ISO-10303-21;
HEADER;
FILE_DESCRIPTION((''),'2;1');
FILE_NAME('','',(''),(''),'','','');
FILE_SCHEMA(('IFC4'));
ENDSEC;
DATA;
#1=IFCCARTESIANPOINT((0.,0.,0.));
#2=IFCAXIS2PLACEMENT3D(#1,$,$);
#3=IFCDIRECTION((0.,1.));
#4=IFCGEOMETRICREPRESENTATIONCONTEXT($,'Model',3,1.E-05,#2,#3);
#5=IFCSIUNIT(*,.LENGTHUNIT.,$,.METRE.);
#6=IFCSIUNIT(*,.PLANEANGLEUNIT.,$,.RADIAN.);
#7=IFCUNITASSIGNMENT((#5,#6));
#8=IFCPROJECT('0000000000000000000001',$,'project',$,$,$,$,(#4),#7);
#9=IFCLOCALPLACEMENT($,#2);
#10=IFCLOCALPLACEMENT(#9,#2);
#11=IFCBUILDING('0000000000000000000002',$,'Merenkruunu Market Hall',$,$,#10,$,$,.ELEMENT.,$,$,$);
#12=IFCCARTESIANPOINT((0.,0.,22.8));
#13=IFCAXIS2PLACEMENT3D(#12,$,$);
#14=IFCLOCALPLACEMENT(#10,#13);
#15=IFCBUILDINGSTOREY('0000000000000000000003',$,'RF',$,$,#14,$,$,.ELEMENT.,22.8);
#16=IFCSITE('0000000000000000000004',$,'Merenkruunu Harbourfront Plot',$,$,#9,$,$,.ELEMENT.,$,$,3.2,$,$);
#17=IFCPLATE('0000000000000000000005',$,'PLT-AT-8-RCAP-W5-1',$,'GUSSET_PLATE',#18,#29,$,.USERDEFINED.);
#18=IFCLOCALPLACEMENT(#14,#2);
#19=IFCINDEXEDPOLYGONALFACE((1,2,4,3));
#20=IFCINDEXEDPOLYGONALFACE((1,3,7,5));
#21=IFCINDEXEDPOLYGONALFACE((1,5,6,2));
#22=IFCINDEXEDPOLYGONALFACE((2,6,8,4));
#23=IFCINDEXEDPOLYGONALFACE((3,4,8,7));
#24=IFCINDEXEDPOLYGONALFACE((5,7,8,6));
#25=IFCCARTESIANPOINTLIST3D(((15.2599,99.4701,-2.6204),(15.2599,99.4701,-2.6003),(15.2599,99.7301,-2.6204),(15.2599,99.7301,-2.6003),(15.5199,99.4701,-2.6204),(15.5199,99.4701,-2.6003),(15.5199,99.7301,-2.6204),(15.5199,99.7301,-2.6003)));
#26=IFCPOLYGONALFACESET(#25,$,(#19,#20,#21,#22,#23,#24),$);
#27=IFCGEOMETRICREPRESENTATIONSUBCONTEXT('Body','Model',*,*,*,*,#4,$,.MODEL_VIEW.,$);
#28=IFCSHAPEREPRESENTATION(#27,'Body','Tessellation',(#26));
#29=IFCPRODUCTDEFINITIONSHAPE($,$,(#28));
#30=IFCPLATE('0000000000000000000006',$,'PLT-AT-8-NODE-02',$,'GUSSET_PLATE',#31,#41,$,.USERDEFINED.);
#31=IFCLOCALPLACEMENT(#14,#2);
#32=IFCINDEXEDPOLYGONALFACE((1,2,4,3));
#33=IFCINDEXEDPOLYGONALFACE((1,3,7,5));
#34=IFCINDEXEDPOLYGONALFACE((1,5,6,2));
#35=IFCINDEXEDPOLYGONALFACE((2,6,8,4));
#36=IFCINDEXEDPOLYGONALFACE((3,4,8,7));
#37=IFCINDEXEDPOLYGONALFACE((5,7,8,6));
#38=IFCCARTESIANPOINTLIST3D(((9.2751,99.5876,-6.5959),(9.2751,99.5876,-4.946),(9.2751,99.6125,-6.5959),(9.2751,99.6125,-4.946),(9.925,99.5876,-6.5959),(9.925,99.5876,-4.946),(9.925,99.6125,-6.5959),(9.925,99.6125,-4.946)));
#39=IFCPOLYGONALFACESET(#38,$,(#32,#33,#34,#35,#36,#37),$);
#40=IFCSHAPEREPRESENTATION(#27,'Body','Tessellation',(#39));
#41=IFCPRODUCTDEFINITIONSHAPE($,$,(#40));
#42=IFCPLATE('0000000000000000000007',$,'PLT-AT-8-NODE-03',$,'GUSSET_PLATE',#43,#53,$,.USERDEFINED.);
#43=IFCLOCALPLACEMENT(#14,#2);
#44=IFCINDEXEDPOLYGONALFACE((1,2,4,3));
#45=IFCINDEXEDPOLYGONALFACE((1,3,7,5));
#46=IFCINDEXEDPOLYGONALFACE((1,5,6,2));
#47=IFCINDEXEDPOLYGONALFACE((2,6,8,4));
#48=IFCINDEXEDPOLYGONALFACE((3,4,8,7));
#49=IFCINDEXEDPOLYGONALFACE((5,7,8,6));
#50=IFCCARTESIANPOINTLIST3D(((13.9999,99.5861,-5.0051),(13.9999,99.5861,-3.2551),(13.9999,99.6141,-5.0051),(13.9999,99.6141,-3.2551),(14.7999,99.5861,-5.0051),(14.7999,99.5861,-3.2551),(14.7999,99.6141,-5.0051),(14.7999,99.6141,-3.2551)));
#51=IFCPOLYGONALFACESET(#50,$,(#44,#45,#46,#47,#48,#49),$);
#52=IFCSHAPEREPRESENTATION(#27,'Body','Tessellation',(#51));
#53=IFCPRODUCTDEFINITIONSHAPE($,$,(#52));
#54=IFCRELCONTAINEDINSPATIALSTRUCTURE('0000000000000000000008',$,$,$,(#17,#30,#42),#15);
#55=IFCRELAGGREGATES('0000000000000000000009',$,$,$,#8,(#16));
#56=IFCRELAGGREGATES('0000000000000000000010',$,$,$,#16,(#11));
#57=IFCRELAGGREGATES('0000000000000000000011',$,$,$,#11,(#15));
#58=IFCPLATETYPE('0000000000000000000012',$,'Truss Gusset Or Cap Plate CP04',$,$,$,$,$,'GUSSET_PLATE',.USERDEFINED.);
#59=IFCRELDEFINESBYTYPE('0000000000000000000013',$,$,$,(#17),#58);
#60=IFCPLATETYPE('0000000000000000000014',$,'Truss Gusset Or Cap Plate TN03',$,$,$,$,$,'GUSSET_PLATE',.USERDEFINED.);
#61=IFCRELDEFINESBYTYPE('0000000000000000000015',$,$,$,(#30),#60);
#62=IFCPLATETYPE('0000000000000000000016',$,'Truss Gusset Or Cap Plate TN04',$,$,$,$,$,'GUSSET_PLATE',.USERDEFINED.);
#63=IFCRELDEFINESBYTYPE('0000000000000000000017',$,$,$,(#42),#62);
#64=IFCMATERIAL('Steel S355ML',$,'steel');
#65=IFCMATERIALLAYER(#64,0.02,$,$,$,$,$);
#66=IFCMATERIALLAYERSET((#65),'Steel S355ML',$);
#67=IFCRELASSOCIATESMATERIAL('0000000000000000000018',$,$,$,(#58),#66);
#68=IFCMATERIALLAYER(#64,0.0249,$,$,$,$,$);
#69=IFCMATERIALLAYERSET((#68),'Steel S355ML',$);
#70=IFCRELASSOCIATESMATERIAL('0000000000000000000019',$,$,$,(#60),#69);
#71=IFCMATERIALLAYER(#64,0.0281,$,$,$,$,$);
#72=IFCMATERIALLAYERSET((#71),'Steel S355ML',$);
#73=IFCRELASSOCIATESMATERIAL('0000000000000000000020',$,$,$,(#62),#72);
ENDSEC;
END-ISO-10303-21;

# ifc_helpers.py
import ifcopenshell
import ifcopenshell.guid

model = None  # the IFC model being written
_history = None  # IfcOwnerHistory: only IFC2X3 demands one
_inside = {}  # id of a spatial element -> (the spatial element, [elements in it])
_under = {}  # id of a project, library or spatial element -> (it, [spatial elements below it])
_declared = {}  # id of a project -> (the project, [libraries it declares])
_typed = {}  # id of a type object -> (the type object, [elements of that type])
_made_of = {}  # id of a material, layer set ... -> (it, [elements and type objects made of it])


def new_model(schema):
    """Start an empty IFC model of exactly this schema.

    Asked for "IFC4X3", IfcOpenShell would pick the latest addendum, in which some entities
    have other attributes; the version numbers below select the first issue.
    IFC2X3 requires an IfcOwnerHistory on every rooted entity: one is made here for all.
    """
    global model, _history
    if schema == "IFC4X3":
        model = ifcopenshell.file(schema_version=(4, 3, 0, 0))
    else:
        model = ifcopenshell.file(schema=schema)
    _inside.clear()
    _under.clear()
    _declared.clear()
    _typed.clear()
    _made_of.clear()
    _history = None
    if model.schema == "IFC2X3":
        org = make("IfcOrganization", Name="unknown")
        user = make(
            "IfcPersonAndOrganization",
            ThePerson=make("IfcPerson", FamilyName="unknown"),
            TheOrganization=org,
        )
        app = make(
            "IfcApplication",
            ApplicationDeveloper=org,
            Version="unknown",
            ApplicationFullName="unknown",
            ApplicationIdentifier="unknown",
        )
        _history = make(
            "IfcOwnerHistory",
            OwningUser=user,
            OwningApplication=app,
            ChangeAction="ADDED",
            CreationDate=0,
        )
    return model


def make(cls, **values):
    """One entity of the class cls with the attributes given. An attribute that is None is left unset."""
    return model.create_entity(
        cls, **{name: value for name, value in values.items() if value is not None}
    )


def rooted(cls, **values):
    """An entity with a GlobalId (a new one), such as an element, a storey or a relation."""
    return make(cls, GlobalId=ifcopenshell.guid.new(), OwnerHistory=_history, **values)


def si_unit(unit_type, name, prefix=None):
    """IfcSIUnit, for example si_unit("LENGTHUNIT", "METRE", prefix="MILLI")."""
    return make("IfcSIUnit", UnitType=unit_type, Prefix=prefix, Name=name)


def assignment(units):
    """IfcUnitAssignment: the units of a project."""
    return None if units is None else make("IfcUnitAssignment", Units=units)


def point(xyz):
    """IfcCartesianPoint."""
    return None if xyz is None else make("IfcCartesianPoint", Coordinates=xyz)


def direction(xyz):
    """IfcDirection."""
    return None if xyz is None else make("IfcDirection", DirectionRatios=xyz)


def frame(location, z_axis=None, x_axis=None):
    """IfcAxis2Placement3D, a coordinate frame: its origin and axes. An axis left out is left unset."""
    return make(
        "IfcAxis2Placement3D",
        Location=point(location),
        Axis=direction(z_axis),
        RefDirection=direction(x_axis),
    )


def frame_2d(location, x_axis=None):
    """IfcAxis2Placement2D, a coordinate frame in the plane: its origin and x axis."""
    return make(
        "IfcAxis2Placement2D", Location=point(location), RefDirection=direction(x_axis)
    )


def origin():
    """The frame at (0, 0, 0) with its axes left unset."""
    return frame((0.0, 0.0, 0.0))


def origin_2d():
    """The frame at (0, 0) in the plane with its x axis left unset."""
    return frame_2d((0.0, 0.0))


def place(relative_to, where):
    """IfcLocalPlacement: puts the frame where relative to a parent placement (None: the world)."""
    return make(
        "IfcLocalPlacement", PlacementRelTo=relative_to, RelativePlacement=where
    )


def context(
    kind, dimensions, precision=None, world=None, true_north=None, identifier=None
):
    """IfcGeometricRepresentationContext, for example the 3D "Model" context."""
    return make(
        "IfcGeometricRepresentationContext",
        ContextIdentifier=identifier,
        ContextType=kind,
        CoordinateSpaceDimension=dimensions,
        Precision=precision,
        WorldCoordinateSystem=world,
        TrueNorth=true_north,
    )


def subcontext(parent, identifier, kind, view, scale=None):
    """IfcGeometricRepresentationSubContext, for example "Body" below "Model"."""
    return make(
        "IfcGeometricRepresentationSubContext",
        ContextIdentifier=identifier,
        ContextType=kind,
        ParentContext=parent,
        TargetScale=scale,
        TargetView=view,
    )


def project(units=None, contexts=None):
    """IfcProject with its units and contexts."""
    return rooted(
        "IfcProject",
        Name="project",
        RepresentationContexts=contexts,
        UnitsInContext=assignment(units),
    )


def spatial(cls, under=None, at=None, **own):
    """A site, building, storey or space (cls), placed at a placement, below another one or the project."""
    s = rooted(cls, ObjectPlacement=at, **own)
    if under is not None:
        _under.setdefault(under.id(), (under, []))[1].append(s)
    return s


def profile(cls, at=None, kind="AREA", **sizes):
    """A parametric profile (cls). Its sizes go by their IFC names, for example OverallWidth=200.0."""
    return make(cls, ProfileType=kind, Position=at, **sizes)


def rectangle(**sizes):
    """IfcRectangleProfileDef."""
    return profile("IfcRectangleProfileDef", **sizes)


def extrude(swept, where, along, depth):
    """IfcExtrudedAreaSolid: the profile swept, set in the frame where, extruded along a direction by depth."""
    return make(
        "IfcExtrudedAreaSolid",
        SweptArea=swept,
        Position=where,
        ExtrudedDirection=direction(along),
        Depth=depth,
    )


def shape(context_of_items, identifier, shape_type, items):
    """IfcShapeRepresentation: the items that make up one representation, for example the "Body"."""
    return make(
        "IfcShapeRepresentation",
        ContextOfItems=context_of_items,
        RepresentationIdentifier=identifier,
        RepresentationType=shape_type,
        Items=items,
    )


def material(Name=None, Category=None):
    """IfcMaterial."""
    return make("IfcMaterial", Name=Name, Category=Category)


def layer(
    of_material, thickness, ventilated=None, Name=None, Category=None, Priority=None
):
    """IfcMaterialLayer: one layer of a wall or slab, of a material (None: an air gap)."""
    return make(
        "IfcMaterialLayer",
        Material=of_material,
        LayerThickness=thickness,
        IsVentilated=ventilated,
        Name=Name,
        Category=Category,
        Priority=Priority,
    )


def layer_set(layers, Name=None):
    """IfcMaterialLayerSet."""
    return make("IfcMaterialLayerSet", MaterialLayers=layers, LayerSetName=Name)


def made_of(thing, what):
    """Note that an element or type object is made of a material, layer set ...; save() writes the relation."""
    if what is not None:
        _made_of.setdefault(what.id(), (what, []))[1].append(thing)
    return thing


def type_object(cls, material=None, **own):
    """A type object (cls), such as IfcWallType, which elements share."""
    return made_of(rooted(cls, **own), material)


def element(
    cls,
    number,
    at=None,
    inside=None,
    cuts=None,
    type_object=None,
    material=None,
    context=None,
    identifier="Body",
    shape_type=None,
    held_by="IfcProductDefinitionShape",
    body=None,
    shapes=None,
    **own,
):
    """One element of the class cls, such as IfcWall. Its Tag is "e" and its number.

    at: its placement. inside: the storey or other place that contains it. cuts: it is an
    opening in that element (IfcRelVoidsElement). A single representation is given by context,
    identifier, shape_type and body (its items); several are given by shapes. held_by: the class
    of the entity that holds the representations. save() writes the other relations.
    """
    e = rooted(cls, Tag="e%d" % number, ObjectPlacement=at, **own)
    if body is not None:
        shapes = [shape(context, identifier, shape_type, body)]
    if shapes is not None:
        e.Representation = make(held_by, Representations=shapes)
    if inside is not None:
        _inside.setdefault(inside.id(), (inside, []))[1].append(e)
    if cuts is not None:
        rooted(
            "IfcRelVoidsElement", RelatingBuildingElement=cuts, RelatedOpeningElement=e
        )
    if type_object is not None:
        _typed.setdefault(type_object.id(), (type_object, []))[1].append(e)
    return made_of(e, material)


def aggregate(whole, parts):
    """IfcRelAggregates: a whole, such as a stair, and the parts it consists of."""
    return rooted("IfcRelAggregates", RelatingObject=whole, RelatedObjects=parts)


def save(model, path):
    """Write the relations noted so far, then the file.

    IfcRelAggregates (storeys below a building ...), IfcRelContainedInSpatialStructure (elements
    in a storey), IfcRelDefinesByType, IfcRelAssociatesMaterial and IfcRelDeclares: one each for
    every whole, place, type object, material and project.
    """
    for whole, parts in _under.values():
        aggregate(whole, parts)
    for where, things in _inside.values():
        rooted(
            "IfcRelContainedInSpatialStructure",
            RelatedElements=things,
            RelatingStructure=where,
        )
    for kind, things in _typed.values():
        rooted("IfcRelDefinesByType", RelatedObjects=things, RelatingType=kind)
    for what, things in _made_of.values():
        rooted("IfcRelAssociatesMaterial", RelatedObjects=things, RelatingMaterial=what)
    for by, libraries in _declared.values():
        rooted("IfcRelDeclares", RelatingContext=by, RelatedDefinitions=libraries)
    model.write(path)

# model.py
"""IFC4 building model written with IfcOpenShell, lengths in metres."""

from ifc_helpers import new_model, si_unit, direction, frame, origin, origin_2d, place, context, subcontext, project, spatial, rectangle, extrude, material, layer, layer_set, type_object, element, save


model = new_model("IFC4")

# Units and contexts
model_context = context("Model", 3, precision=1e-05, world=origin(), true_north=direction((0.0, 1.0)))
body_context = subcontext(model_context, "Body", "Model", "MODEL_VIEW")
ifc_project = project(units=[si_unit("LENGTHUNIT", "METRE"), si_unit("PLANEANGLEUNIT", "RADIAN")], contexts=[model_context])

# Site, building, storey
site_placement = place(None, origin())
site = spatial("IfcSite", under=ifc_project, at=site_placement, Name="Merenkruunu Harbourfront Plot", CompositionType="ELEMENT", RefElevation=3.2)
building_placement = place(site_placement, origin())
building = spatial("IfcBuilding", under=site, at=building_placement, Name="Merenkruunu Market Hall", CompositionType="ELEMENT")
storey_placement = place(building_placement, frame((0.0, 0.0, 22.8)))
storey = spatial("IfcBuildingStorey", under=building, at=storey_placement, Name="RF", CompositionType="ELEMENT", Elevation=22.8)

# Shared definitions
ifc_material_1 = material(Name="Steel S355ML", Category="steel")

# Plates
ifc_layer_1 = layer(ifc_material_1, 0.02)
ifc_layer_set_1 = layer_set([ifc_layer_1], Name="Steel S355ML")
plate_type_1 = type_object("IfcPlateType", Name="Truss Gusset Or Cap Plate CP04", ElementType="GUSSET_PLATE", PredefinedType="USERDEFINED", material=ifc_layer_set_1)
for number, where, z_axis, x_axis, name in (
    (1, (15.3899, 99.6001, -2.6204), (0.0, 0.0, 1.0), (1.0, 0.0, 0.0), "PLT-AT-8-RCAP-W5-1"),
):
    element("IfcPlate", number, at=place(storey_placement, frame(where, z_axis=z_axis, x_axis=x_axis)), inside=storey, type_object=plate_type_1, Name=name, ObjectType="GUSSET_PLATE", PredefinedType="USERDEFINED", context=body_context, shape_type="SweptSolid", body=[
        extrude(rectangle(XDim=0.26, YDim=0.26, at=origin_2d()), origin(), (0.0, 0.0, 1.0), 0.02),
    ])
ifc_layer_2 = layer(ifc_material_1, 0.0249)
ifc_layer_set_2 = layer_set([ifc_layer_2], Name="Steel S355ML")
plate_type_2 = type_object("IfcPlateType", Name="Truss Gusset Or Cap Plate TN03", ElementType="GUSSET_PLATE", PredefinedType="USERDEFINED", material=ifc_layer_set_2)
plate_1_placement = place(storey_placement, frame((9.6001, 99.6001, -6.5959), z_axis=(0.0, 0.0, 1.0), x_axis=(1.0, 0.0, 0.0)))
element("IfcPlate", 2, at=plate_1_placement, inside=storey, type_object=plate_type_2, Name="PLT-AT-8-NODE-02", ObjectType="GUSSET_PLATE", PredefinedType="USERDEFINED", context=body_context, shape_type="SweptSolid", body=[
    extrude(rectangle(XDim=0.6499, YDim=0.0249, at=origin_2d()), origin(), (0.0, 0.0, 1.0), 1.6499),
])
ifc_layer_3 = layer(ifc_material_1, 0.0281)
ifc_layer_set_3 = layer_set([ifc_layer_3], Name="Steel S355ML")
plate_type_3 = type_object("IfcPlateType", Name="Truss Gusset Or Cap Plate TN04", ElementType="GUSSET_PLATE", PredefinedType="USERDEFINED", material=ifc_layer_set_3)
plate_2_placement = place(storey_placement, frame((14.3999, 99.6001, -5.0051), z_axis=(0.0, 0.0, 1.0), x_axis=(1.0, 0.0, 0.0)))
element("IfcPlate", 3, at=plate_2_placement, inside=storey, type_object=plate_type_3, Name="PLT-AT-8-NODE-03", ObjectType="GUSSET_PLATE", PredefinedType="USERDEFINED", context=body_context, shape_type="SweptSolid", body=[
    extrude(rectangle(XDim=0.8, YDim=0.0281, at=origin_2d()), origin(), (0.0, 0.0, 1.0), 1.75),
])

save(model, "model.ifc")
